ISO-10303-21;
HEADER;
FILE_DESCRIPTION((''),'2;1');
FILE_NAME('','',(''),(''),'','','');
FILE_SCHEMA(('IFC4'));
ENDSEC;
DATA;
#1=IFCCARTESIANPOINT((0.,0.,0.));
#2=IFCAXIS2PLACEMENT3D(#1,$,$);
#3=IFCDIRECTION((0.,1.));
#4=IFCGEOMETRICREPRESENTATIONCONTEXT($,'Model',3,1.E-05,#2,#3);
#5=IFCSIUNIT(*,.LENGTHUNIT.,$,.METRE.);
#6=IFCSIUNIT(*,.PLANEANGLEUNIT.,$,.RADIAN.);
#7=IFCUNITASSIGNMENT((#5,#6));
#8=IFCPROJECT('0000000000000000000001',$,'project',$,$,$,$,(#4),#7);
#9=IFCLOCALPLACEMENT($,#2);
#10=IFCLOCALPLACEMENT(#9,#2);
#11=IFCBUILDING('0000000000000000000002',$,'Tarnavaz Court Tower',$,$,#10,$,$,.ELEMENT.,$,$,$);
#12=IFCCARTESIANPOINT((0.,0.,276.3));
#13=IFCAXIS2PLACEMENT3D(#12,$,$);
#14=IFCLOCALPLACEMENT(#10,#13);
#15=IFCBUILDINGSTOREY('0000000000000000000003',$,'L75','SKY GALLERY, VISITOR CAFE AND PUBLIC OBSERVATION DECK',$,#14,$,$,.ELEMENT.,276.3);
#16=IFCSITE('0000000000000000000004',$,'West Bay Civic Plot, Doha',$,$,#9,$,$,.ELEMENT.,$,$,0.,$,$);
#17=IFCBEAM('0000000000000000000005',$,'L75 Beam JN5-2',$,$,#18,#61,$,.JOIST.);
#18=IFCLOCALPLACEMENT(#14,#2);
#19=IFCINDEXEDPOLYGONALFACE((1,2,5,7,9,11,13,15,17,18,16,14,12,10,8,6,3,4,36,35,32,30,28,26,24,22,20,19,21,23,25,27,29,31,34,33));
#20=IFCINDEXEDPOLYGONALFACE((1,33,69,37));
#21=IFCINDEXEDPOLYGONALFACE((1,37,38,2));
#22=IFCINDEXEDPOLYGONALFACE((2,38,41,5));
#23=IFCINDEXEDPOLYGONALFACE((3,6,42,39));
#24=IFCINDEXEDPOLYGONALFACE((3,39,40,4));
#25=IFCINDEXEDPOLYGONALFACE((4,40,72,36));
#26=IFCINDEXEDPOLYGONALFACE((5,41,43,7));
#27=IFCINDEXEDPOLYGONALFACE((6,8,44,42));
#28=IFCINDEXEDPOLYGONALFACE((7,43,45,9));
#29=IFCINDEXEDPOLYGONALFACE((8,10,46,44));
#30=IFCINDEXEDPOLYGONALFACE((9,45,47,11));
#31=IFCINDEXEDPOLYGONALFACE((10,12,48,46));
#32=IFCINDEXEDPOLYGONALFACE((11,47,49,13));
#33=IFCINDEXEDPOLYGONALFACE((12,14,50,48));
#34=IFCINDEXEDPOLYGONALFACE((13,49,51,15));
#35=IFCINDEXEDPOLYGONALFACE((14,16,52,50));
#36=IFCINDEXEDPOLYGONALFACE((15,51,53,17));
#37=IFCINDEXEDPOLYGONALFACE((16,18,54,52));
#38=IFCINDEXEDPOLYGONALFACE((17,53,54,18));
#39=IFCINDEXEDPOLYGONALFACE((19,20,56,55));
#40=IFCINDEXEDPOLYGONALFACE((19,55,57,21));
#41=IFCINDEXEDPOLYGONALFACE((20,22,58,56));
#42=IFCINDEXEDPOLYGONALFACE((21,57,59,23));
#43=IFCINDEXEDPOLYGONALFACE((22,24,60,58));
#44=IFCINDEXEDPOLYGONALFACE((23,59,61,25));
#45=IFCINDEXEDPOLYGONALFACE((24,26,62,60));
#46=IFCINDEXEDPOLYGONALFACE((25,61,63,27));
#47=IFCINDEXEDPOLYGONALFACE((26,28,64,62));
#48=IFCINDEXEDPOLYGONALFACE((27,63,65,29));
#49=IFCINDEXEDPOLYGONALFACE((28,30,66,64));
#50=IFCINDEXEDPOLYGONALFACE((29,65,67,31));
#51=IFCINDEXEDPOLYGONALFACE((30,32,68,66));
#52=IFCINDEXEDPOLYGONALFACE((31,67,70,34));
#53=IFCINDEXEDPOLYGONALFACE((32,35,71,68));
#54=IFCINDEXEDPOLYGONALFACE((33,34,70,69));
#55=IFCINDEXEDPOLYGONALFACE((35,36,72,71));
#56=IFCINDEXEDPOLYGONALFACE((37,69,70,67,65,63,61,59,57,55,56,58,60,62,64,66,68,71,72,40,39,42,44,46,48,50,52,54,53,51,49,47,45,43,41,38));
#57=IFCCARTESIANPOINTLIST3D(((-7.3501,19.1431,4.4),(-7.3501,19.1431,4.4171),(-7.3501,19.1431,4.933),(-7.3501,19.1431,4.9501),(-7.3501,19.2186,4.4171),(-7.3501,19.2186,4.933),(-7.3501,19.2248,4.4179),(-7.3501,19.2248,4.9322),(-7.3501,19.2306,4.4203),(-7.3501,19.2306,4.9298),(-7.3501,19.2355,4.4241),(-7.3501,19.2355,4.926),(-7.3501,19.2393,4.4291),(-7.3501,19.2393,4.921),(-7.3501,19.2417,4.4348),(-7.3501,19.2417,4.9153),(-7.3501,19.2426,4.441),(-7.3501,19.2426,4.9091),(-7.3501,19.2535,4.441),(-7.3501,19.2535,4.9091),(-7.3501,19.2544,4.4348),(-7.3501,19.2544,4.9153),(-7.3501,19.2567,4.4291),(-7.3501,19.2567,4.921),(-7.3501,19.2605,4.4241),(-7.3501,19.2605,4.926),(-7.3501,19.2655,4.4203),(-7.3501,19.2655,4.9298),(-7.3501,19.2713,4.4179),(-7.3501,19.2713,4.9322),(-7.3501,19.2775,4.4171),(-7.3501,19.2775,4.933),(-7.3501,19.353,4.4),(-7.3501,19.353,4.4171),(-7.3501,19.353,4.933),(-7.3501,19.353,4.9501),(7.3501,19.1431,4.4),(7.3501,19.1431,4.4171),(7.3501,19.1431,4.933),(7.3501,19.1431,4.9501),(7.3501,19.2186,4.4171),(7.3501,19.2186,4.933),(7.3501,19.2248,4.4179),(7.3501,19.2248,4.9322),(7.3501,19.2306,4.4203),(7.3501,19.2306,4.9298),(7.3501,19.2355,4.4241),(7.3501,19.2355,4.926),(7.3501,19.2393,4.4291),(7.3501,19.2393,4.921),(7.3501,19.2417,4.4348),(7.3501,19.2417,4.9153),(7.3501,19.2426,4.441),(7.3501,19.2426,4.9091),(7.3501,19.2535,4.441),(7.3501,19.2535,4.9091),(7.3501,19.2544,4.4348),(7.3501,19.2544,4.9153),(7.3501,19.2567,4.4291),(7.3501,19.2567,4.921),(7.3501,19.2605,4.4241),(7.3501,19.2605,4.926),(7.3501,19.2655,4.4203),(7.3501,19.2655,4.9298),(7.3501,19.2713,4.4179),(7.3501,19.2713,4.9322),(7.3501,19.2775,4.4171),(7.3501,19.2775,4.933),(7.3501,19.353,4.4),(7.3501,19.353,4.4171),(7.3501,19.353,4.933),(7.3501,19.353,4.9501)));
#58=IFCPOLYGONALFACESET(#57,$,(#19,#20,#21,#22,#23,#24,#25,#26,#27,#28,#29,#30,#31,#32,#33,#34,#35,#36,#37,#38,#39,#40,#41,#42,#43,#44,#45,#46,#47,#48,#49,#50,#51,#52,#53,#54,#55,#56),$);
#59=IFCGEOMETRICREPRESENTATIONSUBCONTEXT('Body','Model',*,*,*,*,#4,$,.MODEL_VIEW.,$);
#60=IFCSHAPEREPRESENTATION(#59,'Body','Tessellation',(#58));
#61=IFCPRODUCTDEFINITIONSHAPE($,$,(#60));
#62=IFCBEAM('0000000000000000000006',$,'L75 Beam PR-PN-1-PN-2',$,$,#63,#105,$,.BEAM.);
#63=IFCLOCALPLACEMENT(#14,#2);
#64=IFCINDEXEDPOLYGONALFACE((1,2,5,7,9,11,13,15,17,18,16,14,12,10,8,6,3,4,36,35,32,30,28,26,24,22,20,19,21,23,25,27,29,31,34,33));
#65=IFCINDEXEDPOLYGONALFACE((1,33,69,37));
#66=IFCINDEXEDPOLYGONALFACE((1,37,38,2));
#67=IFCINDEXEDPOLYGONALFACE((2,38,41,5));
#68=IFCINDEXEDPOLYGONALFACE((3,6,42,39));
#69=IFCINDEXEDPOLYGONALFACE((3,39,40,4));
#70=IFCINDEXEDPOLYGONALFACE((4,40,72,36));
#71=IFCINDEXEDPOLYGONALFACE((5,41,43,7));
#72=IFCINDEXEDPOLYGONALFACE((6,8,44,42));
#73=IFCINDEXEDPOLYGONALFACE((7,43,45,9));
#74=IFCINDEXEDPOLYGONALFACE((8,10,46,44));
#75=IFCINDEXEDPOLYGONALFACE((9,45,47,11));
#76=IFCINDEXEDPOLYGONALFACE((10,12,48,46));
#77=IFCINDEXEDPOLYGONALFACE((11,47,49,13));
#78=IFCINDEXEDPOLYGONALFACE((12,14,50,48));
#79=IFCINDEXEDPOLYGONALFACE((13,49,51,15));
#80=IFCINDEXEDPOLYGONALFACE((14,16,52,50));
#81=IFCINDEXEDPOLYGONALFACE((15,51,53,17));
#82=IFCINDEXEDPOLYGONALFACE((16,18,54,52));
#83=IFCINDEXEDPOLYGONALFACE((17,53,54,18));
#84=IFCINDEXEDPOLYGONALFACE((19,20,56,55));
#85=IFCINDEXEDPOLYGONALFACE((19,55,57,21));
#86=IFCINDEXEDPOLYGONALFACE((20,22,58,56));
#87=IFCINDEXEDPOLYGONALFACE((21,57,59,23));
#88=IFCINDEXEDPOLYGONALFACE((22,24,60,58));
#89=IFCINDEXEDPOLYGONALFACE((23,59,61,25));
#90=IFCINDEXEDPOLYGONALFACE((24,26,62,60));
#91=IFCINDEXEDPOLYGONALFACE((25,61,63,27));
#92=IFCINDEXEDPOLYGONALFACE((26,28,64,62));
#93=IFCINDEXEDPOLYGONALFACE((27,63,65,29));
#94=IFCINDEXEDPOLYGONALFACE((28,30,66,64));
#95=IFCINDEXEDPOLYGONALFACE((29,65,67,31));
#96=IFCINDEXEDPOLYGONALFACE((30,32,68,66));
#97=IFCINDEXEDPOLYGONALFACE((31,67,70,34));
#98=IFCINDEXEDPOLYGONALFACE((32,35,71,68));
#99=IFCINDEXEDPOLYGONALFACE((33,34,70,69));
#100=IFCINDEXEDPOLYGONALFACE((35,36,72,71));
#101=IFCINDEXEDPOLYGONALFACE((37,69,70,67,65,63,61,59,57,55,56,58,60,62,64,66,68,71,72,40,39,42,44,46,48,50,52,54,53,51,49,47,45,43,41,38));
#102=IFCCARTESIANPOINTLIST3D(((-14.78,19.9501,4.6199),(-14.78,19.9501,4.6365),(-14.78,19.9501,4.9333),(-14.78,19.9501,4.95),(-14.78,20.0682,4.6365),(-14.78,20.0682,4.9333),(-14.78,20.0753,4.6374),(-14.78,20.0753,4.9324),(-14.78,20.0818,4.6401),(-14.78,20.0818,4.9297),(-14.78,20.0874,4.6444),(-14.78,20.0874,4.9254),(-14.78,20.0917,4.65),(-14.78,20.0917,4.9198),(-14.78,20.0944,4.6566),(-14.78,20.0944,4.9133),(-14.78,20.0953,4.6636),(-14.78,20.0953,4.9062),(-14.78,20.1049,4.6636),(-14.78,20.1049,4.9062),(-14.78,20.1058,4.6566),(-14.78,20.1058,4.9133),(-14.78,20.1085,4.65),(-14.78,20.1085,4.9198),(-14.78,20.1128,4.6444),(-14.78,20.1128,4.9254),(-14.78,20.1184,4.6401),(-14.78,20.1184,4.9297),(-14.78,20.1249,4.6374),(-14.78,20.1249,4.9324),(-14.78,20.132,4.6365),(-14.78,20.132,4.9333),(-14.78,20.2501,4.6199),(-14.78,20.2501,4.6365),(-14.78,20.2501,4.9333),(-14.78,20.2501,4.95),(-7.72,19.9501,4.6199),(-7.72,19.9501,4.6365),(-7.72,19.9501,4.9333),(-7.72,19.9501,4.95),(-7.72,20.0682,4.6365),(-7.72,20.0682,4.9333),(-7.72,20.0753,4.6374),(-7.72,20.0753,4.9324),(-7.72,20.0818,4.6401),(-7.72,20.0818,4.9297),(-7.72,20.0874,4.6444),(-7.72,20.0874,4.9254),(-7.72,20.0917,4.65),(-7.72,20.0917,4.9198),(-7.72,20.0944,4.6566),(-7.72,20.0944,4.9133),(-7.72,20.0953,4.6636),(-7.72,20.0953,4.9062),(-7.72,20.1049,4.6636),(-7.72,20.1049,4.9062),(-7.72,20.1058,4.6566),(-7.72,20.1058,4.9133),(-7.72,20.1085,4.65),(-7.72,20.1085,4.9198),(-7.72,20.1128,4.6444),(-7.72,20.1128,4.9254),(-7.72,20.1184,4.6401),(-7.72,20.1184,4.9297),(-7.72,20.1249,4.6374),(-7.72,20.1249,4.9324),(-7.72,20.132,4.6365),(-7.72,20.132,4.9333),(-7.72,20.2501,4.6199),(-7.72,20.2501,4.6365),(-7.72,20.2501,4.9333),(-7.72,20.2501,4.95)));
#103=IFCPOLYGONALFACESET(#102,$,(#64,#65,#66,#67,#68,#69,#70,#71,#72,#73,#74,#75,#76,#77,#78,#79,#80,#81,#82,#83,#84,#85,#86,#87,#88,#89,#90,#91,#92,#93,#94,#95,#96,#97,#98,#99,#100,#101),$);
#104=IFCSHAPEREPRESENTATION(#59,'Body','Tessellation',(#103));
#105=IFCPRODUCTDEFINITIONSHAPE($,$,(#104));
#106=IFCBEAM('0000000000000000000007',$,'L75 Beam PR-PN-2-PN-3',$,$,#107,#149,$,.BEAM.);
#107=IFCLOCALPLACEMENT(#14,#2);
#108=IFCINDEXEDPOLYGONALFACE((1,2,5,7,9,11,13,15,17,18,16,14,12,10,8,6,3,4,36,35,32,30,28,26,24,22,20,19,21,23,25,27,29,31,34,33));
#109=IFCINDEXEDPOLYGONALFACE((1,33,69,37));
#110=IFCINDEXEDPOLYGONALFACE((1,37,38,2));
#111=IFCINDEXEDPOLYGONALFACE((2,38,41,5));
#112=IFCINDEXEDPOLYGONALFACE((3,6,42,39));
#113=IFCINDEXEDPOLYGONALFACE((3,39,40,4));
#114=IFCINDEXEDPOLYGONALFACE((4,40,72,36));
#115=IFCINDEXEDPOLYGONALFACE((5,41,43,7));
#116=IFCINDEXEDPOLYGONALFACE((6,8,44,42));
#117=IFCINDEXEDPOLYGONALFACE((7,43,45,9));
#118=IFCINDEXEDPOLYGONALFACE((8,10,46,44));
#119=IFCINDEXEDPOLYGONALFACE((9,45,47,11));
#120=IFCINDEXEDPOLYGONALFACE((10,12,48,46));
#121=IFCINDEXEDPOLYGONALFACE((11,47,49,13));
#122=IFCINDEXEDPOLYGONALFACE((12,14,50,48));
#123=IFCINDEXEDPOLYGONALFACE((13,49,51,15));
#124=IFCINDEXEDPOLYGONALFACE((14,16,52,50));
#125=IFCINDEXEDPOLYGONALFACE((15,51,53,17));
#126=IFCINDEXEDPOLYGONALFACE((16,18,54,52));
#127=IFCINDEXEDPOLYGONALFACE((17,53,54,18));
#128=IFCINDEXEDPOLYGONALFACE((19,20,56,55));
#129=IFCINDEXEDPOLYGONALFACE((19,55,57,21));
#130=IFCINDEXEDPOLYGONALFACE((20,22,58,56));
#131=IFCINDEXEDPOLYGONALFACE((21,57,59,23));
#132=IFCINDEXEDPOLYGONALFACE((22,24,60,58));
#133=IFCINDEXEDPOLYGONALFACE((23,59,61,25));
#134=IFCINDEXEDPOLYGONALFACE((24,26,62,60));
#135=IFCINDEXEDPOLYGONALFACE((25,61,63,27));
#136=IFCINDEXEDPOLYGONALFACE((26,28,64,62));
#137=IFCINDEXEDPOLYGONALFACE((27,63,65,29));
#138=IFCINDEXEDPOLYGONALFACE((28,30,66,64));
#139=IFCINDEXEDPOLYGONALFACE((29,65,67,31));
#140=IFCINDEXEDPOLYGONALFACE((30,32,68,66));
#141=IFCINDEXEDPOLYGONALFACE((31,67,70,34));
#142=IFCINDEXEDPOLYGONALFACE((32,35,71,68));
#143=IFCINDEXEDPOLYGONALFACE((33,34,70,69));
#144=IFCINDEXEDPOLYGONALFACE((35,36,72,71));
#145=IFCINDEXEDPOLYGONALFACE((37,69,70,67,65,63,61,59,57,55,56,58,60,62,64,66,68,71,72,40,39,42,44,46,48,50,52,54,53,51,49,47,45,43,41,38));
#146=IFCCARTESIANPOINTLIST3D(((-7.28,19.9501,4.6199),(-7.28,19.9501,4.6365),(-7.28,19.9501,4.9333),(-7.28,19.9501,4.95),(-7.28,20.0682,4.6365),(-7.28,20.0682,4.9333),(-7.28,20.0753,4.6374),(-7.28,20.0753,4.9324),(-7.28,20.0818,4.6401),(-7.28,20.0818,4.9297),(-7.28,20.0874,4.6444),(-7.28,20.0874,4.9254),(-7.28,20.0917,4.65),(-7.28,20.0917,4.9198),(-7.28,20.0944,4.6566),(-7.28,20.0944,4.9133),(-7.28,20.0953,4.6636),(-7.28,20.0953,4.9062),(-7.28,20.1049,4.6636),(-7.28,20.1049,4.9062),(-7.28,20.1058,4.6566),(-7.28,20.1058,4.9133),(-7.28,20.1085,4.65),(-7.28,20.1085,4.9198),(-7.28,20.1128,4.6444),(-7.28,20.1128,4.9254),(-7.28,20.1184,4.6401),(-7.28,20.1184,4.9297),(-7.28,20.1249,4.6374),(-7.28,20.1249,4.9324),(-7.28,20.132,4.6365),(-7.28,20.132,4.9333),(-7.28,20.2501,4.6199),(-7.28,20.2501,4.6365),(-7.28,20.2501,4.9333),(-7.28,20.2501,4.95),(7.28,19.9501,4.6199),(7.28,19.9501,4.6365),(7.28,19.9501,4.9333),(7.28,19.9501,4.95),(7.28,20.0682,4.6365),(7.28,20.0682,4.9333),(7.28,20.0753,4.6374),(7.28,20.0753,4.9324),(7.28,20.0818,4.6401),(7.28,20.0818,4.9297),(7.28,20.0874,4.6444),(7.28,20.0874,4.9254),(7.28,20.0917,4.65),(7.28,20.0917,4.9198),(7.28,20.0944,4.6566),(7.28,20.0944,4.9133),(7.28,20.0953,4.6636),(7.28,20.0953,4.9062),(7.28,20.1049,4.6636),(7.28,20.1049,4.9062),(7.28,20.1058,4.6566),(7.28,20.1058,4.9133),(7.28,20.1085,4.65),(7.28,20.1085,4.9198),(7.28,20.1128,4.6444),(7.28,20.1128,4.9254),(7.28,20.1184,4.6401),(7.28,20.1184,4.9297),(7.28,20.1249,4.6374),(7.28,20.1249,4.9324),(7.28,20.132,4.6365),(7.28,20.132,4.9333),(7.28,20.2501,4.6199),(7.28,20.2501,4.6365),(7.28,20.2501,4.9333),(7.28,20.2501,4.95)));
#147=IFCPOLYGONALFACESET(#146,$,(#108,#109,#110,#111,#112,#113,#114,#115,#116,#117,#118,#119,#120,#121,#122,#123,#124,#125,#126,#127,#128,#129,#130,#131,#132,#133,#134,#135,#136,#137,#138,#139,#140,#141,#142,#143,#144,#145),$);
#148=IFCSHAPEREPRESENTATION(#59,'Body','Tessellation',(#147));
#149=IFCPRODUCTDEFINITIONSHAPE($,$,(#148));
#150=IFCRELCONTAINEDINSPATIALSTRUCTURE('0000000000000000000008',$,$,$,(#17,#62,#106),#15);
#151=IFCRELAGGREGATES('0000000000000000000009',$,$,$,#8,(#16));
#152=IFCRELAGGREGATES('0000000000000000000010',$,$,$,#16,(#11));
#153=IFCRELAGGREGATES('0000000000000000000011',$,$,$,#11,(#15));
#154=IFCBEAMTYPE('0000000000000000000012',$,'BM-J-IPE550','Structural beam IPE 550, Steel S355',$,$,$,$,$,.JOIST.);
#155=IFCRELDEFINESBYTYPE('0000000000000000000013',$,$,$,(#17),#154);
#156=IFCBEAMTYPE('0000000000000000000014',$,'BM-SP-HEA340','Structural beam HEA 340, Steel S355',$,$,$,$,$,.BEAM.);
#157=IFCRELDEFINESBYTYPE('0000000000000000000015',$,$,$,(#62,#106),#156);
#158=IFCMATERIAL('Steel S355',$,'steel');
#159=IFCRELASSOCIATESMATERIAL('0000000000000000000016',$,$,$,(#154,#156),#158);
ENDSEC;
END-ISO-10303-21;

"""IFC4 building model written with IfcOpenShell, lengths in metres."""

from ifc_helpers import new_model, si_unit, direction, frame, origin, origin_2d, place, context, subcontext, project, spatial, i_section, extrude, material, material_profile, profile_set, type_object, element, save


model = new_model("IFC4")

# Units and contexts
model_context = context("Model", 3, precision=1e-05, world=origin(), true_north=direction((0.0, 1.0)))
body_context = subcontext(model_context, "Body", "Model", "MODEL_VIEW")
ifc_project = project(units=[si_unit("LENGTHUNIT", "METRE"), si_unit("PLANEANGLEUNIT", "RADIAN")], contexts=[model_context])

# Site, building, storey
site_placement = place(None, origin())
site = spatial("IfcSite", under=ifc_project, at=site_placement, Name="West Bay Civic Plot, Doha", CompositionType="ELEMENT", RefElevation=0.0)
building_placement = place(site_placement, origin())
building = spatial("IfcBuilding", under=site, at=building_placement, Name="Tarnavaz Court Tower", CompositionType="ELEMENT")
storey_placement = place(building_placement, frame((0.0, 0.0, 276.3)))
storey = spatial("IfcBuildingStorey", under=building, at=storey_placement, Name="L75", Description="SKY GALLERY, VISITOR CAFE AND PUBLIC OBSERVATION DECK", CompositionType="ELEMENT", Elevation=276.3)

# Beams
ifc_material_1 = material(Name="Steel S355", Category="steel")
ifc_material_profile_1 = material_profile(ifc_material_1, i_section(OverallWidth=0.21, OverallDepth=0.55, WebThickness=0.011, FlangeThickness=0.0171, FilletRadius=0.0239, at=origin_2d()), Name="IPE 550")
ifc_profile_set_1 = profile_set([ifc_material_profile_1], Name="Steel S355")
beam_type_1 = type_object("IfcBeamType", Name="BM-J-IPE550", Description="Structural beam IPE 550, Steel S355", PredefinedType="JOIST", material=ifc_profile_set_1)
beam_1_placement = place(storey_placement, frame((-7.3501, 19.248, 4.675), z_axis=(1.0, 0.0, 0.0), x_axis=(0.0, 1.0, 0.0)))
element("IfcBeam", 1, at=beam_1_placement, inside=storey, type_object=beam_type_1, Name="L75 Beam JN5-2", PredefinedType="JOIST", context=body_context, shape_type="SweptSolid", body=[
    extrude(i_section(OverallWidth=0.21, OverallDepth=0.55, WebThickness=0.011, FlangeThickness=0.0171, FilletRadius=0.0239, at=origin_2d()), origin(), (0.0, 0.0, 1.0), 14.7002),
])
ifc_material_profile_2 = material_profile(ifc_material_1, i_section(OverallWidth=0.3, OverallDepth=0.3301, WebThickness=0.0095, FlangeThickness=0.0166, FilletRadius=0.0271, at=origin_2d()), Name="HEA 340")
ifc_profile_set_2 = profile_set([ifc_material_profile_2], Name="Steel S355")
beam_type_2 = type_object("IfcBeamType", Name="BM-SP-HEA340", Description="Structural beam HEA 340, Steel S355", PredefinedType="BEAM", material=ifc_profile_set_2)
beam_2_placement = place(storey_placement, frame((-14.78, 20.1001, 4.7849), z_axis=(1.0, 0.0, 0.0), x_axis=(0.0, 1.0, 0.0)))
element("IfcBeam", 2, at=beam_2_placement, inside=storey, type_object=beam_type_2, Name="L75 Beam PR-PN-1-PN-2", PredefinedType="BEAM", context=body_context, shape_type="SweptSolid", body=[
    extrude(i_section(OverallWidth=0.3, OverallDepth=0.3301, WebThickness=0.0095, FlangeThickness=0.0166, FilletRadius=0.0271, at=origin_2d()), origin(), (0.0, 0.0, 1.0), 7.0601),
])
beam_3_placement = place(storey_placement, frame((-7.28, 20.1001, 4.7849), z_axis=(1.0, 0.0, 0.0), x_axis=(0.0, 1.0, 0.0)))
element("IfcBeam", 3, at=beam_3_placement, inside=storey, type_object=beam_type_2, Name="L75 Beam PR-PN-2-PN-3", PredefinedType="BEAM", context=body_context, shape_type="SweptSolid", body=[
    extrude(i_section(OverallWidth=0.3, OverallDepth=0.3301, WebThickness=0.0095, FlangeThickness=0.0166, FilletRadius=0.0271, at=origin_2d()), origin(), (0.0, 0.0, 1.0), 14.5601),
])

save(model, "model.ifc")
